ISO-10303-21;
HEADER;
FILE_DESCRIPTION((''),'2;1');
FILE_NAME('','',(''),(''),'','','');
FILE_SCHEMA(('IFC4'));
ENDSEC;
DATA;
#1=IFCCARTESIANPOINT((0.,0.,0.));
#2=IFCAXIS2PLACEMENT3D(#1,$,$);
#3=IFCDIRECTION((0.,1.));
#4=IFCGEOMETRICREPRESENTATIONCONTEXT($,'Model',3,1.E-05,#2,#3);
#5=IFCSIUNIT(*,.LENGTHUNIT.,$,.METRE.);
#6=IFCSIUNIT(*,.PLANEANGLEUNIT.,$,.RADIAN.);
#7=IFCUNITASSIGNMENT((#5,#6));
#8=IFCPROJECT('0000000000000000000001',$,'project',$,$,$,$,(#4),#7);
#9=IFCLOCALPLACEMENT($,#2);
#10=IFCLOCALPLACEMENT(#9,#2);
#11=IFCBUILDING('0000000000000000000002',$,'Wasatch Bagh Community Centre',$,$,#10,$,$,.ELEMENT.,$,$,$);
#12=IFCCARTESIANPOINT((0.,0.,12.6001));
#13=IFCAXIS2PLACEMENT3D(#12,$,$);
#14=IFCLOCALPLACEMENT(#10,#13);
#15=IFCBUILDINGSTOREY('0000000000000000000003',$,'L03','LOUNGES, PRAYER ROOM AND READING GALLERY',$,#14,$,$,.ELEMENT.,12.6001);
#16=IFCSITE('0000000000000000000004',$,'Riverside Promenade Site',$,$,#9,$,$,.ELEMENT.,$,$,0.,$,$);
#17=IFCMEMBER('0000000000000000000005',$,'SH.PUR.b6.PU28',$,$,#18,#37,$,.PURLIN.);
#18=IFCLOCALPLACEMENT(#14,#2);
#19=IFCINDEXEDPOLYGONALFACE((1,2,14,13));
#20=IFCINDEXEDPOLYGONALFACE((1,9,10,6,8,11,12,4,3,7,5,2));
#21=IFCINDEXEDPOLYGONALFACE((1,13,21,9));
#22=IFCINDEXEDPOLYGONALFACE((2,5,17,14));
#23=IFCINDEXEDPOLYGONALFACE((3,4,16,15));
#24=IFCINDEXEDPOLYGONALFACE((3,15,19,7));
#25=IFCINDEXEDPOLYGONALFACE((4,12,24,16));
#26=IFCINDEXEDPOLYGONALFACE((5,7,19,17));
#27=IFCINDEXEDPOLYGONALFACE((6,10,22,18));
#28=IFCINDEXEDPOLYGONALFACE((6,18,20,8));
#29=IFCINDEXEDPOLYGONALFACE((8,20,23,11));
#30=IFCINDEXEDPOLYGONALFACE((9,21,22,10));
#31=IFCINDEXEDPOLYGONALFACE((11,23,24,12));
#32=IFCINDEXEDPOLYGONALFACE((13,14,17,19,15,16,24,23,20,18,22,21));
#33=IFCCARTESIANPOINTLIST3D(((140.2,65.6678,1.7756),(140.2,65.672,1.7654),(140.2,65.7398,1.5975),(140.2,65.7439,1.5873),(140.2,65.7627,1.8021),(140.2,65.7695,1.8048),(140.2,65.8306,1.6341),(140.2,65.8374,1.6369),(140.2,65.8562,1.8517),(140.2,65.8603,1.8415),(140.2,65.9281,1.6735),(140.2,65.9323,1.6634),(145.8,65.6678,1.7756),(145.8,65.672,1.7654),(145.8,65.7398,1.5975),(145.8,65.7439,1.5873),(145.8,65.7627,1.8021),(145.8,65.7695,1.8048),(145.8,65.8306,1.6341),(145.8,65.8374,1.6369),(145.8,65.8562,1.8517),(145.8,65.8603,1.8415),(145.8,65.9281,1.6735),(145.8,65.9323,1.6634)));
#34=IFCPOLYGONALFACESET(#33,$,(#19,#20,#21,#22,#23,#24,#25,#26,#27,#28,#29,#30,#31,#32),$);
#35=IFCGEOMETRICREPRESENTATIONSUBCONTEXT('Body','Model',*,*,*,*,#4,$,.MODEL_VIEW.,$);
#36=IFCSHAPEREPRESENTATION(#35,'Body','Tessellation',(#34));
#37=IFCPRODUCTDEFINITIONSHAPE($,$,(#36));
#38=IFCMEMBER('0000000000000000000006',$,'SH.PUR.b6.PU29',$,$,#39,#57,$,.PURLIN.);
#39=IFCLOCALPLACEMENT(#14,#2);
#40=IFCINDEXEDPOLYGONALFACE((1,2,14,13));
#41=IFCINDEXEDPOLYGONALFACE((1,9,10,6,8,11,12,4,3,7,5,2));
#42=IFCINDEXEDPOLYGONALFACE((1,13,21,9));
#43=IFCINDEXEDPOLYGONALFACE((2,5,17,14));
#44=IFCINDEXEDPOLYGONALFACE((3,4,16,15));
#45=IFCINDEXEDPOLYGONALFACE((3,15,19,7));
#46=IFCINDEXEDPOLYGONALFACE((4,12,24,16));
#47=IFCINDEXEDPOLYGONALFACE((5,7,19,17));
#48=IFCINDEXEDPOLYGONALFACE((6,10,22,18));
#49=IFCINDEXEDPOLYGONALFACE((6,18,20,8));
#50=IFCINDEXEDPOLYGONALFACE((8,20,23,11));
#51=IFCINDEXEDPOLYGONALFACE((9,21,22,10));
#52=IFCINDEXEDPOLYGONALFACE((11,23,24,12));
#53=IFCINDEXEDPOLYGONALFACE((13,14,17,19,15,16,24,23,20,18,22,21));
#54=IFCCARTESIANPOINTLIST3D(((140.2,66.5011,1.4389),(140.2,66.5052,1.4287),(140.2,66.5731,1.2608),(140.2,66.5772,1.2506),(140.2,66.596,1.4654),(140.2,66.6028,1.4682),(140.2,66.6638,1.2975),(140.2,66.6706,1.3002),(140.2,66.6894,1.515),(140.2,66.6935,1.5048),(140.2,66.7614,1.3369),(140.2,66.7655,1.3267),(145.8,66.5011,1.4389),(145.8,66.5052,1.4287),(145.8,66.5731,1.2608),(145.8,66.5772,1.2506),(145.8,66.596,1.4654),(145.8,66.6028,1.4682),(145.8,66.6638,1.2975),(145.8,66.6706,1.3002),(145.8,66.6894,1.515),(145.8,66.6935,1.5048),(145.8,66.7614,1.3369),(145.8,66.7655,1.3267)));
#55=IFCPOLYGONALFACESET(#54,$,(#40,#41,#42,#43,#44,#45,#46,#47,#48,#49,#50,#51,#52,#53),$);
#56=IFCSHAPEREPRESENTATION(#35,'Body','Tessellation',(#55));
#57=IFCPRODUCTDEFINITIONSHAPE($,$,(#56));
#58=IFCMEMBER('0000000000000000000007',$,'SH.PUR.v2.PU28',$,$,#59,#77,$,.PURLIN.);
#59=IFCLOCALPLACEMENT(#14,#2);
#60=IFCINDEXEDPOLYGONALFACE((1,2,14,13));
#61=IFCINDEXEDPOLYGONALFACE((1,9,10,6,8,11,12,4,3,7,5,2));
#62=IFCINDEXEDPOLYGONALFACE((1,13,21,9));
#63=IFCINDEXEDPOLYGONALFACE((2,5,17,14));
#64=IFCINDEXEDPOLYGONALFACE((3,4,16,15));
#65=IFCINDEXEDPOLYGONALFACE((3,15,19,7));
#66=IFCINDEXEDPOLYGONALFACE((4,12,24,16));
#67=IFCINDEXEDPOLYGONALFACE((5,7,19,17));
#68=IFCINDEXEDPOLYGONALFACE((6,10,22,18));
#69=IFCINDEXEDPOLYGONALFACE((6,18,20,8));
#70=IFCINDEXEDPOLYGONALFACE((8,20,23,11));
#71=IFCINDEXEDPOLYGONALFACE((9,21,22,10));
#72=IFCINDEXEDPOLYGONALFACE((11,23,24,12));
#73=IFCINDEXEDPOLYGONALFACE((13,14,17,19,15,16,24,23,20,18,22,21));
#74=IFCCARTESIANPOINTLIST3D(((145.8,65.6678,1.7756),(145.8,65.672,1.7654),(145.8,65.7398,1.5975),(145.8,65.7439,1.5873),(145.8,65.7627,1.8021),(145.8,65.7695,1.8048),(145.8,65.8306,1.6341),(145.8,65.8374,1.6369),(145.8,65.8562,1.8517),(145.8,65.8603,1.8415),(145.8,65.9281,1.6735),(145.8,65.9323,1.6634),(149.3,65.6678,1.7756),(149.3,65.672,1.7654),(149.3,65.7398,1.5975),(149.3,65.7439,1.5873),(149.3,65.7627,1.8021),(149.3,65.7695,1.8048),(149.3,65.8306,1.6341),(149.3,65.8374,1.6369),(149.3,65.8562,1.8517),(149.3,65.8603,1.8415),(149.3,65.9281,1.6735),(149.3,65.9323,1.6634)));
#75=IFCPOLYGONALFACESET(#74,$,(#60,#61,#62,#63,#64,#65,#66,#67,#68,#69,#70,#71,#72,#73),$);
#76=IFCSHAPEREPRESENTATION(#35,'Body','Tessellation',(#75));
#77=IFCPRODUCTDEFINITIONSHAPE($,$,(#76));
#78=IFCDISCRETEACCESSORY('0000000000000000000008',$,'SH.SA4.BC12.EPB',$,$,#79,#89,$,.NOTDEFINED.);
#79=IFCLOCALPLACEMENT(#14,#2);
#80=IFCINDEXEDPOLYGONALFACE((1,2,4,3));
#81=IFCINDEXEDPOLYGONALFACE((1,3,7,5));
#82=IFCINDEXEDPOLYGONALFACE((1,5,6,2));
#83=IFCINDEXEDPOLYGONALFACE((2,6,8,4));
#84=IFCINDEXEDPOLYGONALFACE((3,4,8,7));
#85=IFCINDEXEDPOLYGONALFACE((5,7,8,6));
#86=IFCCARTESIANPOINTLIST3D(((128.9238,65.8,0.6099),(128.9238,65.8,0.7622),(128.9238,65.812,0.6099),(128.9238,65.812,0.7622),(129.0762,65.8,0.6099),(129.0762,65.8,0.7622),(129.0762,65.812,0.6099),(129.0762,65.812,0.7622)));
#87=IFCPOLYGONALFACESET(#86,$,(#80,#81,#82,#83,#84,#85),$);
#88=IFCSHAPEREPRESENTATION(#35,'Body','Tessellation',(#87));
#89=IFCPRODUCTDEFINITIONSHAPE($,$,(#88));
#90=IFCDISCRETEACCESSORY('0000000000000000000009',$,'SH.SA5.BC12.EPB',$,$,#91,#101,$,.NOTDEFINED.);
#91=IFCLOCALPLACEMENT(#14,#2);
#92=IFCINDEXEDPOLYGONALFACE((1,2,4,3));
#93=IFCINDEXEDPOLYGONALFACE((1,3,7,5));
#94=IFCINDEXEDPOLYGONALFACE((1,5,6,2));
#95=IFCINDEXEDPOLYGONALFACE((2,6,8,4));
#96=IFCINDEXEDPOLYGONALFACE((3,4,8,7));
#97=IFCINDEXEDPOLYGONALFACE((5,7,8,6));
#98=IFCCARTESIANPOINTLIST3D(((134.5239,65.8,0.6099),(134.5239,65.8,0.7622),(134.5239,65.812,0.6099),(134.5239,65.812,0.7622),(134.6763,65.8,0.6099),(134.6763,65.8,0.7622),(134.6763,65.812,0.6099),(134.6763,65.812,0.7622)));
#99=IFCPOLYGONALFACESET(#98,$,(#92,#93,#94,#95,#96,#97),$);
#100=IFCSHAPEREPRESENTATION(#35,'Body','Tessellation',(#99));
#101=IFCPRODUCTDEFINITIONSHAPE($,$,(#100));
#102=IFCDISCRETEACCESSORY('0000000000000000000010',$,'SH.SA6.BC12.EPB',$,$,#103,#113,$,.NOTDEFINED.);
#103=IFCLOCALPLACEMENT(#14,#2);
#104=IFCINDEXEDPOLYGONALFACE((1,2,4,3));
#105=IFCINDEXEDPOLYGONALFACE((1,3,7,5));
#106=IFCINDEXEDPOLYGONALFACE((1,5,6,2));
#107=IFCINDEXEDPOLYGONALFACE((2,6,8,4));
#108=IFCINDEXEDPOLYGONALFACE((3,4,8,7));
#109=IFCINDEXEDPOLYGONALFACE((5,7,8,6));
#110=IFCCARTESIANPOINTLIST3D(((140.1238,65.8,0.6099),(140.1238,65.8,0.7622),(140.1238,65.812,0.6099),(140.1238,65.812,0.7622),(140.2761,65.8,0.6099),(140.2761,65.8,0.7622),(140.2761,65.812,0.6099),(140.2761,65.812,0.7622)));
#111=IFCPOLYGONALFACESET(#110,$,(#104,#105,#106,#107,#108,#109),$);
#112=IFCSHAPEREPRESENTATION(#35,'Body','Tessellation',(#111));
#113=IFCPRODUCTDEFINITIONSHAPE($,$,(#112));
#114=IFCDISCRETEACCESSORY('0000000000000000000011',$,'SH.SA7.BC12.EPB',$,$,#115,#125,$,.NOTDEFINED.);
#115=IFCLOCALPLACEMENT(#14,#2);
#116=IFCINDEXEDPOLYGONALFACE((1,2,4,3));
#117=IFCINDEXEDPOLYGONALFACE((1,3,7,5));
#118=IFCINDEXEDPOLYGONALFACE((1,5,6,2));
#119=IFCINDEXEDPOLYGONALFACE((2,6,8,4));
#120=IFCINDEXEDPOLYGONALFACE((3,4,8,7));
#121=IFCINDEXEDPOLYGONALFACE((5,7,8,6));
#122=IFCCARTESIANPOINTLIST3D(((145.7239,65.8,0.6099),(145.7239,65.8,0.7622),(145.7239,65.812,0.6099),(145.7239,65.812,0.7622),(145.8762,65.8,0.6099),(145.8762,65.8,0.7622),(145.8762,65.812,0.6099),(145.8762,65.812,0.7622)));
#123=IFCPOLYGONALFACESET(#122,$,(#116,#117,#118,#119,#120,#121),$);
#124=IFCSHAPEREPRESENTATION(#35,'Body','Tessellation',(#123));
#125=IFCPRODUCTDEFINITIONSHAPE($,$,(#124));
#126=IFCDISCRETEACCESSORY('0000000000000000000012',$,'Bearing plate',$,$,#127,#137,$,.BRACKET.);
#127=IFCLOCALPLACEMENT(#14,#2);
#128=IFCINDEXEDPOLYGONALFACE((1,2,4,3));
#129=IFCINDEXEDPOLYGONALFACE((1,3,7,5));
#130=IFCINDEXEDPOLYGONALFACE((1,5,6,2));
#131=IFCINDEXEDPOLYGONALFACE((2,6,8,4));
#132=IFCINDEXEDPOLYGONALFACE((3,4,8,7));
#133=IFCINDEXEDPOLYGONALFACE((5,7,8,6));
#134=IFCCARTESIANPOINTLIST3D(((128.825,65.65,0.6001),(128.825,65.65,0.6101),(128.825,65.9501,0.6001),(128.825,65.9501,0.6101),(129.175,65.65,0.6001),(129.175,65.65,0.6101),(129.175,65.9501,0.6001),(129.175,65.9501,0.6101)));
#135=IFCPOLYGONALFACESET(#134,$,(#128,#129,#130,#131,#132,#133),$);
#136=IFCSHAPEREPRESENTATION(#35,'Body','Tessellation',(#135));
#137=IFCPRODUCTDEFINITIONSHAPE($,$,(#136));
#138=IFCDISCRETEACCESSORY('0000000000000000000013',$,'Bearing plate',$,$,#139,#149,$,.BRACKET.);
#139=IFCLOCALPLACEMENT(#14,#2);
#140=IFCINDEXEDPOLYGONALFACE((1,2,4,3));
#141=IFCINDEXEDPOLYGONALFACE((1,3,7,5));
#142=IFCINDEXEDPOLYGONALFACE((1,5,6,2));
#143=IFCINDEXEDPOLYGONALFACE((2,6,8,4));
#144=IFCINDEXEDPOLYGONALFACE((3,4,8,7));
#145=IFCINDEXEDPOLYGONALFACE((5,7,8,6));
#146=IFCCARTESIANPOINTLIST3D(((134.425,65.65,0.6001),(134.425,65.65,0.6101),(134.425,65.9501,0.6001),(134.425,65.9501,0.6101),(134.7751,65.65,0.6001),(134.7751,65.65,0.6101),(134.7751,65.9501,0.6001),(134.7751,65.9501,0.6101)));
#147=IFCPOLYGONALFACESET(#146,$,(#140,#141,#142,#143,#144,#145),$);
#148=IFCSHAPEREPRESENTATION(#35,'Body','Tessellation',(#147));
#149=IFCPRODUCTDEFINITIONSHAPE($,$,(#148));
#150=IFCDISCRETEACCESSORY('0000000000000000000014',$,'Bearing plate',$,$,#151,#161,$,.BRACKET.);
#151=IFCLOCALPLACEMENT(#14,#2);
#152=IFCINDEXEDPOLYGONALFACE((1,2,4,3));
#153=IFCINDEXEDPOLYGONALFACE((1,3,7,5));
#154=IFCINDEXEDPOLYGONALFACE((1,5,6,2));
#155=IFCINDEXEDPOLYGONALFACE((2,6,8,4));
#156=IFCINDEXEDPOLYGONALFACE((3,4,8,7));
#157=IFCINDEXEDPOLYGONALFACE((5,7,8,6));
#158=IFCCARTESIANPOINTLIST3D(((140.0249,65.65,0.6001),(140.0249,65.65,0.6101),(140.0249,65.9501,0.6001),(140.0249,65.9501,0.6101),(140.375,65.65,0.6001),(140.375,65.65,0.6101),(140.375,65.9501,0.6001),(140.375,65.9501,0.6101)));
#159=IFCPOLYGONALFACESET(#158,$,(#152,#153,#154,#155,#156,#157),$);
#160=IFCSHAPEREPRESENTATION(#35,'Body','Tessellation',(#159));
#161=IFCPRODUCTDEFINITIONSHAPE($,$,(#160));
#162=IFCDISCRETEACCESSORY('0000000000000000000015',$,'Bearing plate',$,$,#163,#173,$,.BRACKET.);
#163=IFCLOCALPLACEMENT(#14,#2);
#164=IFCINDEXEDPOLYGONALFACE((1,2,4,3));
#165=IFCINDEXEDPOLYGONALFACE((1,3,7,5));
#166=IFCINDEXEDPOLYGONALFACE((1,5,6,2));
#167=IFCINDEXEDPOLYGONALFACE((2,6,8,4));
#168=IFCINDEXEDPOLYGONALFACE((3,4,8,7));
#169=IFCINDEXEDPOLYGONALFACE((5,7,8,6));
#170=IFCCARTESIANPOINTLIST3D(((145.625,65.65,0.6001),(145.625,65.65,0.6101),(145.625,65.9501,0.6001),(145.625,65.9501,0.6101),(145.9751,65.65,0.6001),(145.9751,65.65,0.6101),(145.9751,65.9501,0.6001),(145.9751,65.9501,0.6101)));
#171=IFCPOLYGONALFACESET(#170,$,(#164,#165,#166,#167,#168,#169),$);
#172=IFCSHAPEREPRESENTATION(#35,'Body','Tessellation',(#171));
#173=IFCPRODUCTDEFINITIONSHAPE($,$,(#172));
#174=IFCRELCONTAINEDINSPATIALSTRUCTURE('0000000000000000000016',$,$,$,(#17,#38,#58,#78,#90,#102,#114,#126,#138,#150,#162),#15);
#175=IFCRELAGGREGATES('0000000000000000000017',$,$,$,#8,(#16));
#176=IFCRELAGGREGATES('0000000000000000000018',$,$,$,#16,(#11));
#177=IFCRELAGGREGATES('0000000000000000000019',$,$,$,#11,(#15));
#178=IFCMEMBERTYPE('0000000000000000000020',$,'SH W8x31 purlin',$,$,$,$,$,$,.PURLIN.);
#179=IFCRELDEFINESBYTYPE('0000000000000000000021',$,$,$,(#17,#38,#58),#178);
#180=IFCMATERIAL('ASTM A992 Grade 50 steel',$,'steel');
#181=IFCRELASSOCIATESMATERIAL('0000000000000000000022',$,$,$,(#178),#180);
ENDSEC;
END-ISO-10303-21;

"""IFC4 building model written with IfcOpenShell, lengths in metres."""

from ifc_helpers import new_model, si_unit, direction, frame, origin, origin_2d, place, context, subcontext, project, spatial, rectangle, i_section, extrude, material, material_profile, profile_set, type_object, element, save


model = new_model("IFC4")

# Units and contexts
model_context = context("Model", 3, precision=1e-05, world=origin(), true_north=direction((0.0, 1.0)))
body_context = subcontext(model_context, "Body", "Model", "MODEL_VIEW")
ifc_project = project(units=[si_unit("LENGTHUNIT", "METRE"), si_unit("PLANEANGLEUNIT", "RADIAN")], contexts=[model_context])

# Site, building, storey
site_placement = place(None, origin())
site = spatial("IfcSite", under=ifc_project, at=site_placement, Name="Riverside Promenade Site", CompositionType="ELEMENT", RefElevation=0.0)
building_placement = place(site_placement, origin())
building = spatial("IfcBuilding", under=site, at=building_placement, Name="Wasatch Bagh Community Centre", CompositionType="ELEMENT")
storey_placement = place(building_placement, frame((0.0, 0.0, 12.6001)))
storey = spatial("IfcBuildingStorey", under=building, at=storey_placement, Name="L03", Description="LOUNGES, PRAYER ROOM AND READING GALLERY", CompositionType="ELEMENT", Elevation=12.6001)

# Members
ifc_material_1 = material(Name="ASTM A992 Grade 50 steel", Category="steel")
ifc_material_profile_1 = material_profile(ifc_material_1, i_section(OverallWidth=0.2031, OverallDepth=0.2031, WebThickness=0.0073, FlangeThickness=0.011, at=origin_2d()), Name="W8x31")
ifc_profile_set_1 = profile_set([ifc_material_profile_1], Name="ASTM A992 Grade 50 steel")
member_type_1 = type_object("IfcMemberType", Name="SH W8x31 purlin", PredefinedType="PURLIN", material=ifc_profile_set_1)
for number, where, z_axis, x_axis, name in (
    (1, (140.2, 65.8, 1.7195), (1.0, 0.0, 0.0), (0.0, 0.927184, 0.374607), "SH.PUR.b6.PU28"),
    (2, (140.2, 66.6333, 1.3828), (1.0, 0.0, 0.0), (0.0, 0.927184, 0.374607), "SH.PUR.b6.PU29"),
):
    element("IfcMember", number, at=place(storey_placement, frame(where, z_axis=z_axis, x_axis=x_axis)), inside=storey, type_object=member_type_1, Name=name, PredefinedType="PURLIN", context=body_context, shape_type="SweptSolid", body=[
        extrude(i_section(OverallWidth=0.2031, OverallDepth=0.2031, WebThickness=0.0073, FlangeThickness=0.011, at=origin_2d()), origin(), (0.0, 0.0, 1.0), 5.6001),
    ])
member_placement = place(storey_placement, frame((145.8, 65.8, 1.7195), z_axis=(1.0, 0.0, 0.0), x_axis=(0.0, 0.927184, 0.374607)))
element("IfcMember", 3, at=member_placement, inside=storey, type_object=member_type_1, Name="SH.PUR.v2.PU28", PredefinedType="PURLIN", context=body_context, shape_type="SweptSolid", body=[
    extrude(i_section(OverallWidth=0.2031, OverallDepth=0.2031, WebThickness=0.0073, FlangeThickness=0.011, at=origin_2d()), origin(), (0.0, 0.0, 1.0), 3.5),
])

# Discrete accessories
for number, where, z_axis, x_axis, name in (
    (4, (129.0, 65.8, 0.686), (0.0, 1.0, 0.0), (-1.0, 0.0, 0.0), "SH.SA4.BC12.EPB"),
    (5, (134.6001, 65.8, 0.686), (0.0, 1.0, 0.0), (-1.0, 0.0, 0.0), "SH.SA5.BC12.EPB"),
    (6, (140.2, 65.8, 0.686), (0.0, 1.0, 0.0), (-1.0, 0.0, 0.0), "SH.SA6.BC12.EPB"),
    (7, (145.8, 65.8, 0.686), (0.0, 1.0, 0.0), (-1.0, 0.0, 0.0), "SH.SA7.BC12.EPB"),
):
    element("IfcDiscreteAccessory", number, at=place(storey_placement, frame(where, z_axis=z_axis, x_axis=x_axis)), inside=storey, Name=name, PredefinedType="NOTDEFINED", context=body_context, shape_type="SweptSolid", body=[
        extrude(rectangle(XDim=0.1523, YDim=0.1523, at=origin_2d()), origin(), (0.0, 0.0, 1.0), 0.012),
    ])
for number, where, z_axis, x_axis, name in (
    (8, (129.0, 65.8, 0.6001), (0.0, 0.0, 1.0), (1.0, 0.0, 0.0), "Bearing plate"),
    (9, (134.6001, 65.8, 0.6001), (0.0, 0.0, 1.0), (1.0, 0.0, 0.0), "Bearing plate"),
    (10, (140.2, 65.8, 0.6001), (0.0, 0.0, 1.0), (1.0, 0.0, 0.0), "Bearing plate"),
    (11, (145.8, 65.8, 0.6001), (0.0, 0.0, 1.0), (1.0, 0.0, 0.0), "Bearing plate"),
):
    element("IfcDiscreteAccessory", number, at=place(storey_placement, frame(where, z_axis=z_axis, x_axis=x_axis)), inside=storey, Name=name, PredefinedType="BRACKET", context=body_context, shape_type="SweptSolid", body=[
        extrude(rectangle(XDim=0.3501, YDim=0.3, at=origin_2d()), origin(), (0.0, 0.0, 1.0), 0.01),
    ])

save(model, "model.ifc")
